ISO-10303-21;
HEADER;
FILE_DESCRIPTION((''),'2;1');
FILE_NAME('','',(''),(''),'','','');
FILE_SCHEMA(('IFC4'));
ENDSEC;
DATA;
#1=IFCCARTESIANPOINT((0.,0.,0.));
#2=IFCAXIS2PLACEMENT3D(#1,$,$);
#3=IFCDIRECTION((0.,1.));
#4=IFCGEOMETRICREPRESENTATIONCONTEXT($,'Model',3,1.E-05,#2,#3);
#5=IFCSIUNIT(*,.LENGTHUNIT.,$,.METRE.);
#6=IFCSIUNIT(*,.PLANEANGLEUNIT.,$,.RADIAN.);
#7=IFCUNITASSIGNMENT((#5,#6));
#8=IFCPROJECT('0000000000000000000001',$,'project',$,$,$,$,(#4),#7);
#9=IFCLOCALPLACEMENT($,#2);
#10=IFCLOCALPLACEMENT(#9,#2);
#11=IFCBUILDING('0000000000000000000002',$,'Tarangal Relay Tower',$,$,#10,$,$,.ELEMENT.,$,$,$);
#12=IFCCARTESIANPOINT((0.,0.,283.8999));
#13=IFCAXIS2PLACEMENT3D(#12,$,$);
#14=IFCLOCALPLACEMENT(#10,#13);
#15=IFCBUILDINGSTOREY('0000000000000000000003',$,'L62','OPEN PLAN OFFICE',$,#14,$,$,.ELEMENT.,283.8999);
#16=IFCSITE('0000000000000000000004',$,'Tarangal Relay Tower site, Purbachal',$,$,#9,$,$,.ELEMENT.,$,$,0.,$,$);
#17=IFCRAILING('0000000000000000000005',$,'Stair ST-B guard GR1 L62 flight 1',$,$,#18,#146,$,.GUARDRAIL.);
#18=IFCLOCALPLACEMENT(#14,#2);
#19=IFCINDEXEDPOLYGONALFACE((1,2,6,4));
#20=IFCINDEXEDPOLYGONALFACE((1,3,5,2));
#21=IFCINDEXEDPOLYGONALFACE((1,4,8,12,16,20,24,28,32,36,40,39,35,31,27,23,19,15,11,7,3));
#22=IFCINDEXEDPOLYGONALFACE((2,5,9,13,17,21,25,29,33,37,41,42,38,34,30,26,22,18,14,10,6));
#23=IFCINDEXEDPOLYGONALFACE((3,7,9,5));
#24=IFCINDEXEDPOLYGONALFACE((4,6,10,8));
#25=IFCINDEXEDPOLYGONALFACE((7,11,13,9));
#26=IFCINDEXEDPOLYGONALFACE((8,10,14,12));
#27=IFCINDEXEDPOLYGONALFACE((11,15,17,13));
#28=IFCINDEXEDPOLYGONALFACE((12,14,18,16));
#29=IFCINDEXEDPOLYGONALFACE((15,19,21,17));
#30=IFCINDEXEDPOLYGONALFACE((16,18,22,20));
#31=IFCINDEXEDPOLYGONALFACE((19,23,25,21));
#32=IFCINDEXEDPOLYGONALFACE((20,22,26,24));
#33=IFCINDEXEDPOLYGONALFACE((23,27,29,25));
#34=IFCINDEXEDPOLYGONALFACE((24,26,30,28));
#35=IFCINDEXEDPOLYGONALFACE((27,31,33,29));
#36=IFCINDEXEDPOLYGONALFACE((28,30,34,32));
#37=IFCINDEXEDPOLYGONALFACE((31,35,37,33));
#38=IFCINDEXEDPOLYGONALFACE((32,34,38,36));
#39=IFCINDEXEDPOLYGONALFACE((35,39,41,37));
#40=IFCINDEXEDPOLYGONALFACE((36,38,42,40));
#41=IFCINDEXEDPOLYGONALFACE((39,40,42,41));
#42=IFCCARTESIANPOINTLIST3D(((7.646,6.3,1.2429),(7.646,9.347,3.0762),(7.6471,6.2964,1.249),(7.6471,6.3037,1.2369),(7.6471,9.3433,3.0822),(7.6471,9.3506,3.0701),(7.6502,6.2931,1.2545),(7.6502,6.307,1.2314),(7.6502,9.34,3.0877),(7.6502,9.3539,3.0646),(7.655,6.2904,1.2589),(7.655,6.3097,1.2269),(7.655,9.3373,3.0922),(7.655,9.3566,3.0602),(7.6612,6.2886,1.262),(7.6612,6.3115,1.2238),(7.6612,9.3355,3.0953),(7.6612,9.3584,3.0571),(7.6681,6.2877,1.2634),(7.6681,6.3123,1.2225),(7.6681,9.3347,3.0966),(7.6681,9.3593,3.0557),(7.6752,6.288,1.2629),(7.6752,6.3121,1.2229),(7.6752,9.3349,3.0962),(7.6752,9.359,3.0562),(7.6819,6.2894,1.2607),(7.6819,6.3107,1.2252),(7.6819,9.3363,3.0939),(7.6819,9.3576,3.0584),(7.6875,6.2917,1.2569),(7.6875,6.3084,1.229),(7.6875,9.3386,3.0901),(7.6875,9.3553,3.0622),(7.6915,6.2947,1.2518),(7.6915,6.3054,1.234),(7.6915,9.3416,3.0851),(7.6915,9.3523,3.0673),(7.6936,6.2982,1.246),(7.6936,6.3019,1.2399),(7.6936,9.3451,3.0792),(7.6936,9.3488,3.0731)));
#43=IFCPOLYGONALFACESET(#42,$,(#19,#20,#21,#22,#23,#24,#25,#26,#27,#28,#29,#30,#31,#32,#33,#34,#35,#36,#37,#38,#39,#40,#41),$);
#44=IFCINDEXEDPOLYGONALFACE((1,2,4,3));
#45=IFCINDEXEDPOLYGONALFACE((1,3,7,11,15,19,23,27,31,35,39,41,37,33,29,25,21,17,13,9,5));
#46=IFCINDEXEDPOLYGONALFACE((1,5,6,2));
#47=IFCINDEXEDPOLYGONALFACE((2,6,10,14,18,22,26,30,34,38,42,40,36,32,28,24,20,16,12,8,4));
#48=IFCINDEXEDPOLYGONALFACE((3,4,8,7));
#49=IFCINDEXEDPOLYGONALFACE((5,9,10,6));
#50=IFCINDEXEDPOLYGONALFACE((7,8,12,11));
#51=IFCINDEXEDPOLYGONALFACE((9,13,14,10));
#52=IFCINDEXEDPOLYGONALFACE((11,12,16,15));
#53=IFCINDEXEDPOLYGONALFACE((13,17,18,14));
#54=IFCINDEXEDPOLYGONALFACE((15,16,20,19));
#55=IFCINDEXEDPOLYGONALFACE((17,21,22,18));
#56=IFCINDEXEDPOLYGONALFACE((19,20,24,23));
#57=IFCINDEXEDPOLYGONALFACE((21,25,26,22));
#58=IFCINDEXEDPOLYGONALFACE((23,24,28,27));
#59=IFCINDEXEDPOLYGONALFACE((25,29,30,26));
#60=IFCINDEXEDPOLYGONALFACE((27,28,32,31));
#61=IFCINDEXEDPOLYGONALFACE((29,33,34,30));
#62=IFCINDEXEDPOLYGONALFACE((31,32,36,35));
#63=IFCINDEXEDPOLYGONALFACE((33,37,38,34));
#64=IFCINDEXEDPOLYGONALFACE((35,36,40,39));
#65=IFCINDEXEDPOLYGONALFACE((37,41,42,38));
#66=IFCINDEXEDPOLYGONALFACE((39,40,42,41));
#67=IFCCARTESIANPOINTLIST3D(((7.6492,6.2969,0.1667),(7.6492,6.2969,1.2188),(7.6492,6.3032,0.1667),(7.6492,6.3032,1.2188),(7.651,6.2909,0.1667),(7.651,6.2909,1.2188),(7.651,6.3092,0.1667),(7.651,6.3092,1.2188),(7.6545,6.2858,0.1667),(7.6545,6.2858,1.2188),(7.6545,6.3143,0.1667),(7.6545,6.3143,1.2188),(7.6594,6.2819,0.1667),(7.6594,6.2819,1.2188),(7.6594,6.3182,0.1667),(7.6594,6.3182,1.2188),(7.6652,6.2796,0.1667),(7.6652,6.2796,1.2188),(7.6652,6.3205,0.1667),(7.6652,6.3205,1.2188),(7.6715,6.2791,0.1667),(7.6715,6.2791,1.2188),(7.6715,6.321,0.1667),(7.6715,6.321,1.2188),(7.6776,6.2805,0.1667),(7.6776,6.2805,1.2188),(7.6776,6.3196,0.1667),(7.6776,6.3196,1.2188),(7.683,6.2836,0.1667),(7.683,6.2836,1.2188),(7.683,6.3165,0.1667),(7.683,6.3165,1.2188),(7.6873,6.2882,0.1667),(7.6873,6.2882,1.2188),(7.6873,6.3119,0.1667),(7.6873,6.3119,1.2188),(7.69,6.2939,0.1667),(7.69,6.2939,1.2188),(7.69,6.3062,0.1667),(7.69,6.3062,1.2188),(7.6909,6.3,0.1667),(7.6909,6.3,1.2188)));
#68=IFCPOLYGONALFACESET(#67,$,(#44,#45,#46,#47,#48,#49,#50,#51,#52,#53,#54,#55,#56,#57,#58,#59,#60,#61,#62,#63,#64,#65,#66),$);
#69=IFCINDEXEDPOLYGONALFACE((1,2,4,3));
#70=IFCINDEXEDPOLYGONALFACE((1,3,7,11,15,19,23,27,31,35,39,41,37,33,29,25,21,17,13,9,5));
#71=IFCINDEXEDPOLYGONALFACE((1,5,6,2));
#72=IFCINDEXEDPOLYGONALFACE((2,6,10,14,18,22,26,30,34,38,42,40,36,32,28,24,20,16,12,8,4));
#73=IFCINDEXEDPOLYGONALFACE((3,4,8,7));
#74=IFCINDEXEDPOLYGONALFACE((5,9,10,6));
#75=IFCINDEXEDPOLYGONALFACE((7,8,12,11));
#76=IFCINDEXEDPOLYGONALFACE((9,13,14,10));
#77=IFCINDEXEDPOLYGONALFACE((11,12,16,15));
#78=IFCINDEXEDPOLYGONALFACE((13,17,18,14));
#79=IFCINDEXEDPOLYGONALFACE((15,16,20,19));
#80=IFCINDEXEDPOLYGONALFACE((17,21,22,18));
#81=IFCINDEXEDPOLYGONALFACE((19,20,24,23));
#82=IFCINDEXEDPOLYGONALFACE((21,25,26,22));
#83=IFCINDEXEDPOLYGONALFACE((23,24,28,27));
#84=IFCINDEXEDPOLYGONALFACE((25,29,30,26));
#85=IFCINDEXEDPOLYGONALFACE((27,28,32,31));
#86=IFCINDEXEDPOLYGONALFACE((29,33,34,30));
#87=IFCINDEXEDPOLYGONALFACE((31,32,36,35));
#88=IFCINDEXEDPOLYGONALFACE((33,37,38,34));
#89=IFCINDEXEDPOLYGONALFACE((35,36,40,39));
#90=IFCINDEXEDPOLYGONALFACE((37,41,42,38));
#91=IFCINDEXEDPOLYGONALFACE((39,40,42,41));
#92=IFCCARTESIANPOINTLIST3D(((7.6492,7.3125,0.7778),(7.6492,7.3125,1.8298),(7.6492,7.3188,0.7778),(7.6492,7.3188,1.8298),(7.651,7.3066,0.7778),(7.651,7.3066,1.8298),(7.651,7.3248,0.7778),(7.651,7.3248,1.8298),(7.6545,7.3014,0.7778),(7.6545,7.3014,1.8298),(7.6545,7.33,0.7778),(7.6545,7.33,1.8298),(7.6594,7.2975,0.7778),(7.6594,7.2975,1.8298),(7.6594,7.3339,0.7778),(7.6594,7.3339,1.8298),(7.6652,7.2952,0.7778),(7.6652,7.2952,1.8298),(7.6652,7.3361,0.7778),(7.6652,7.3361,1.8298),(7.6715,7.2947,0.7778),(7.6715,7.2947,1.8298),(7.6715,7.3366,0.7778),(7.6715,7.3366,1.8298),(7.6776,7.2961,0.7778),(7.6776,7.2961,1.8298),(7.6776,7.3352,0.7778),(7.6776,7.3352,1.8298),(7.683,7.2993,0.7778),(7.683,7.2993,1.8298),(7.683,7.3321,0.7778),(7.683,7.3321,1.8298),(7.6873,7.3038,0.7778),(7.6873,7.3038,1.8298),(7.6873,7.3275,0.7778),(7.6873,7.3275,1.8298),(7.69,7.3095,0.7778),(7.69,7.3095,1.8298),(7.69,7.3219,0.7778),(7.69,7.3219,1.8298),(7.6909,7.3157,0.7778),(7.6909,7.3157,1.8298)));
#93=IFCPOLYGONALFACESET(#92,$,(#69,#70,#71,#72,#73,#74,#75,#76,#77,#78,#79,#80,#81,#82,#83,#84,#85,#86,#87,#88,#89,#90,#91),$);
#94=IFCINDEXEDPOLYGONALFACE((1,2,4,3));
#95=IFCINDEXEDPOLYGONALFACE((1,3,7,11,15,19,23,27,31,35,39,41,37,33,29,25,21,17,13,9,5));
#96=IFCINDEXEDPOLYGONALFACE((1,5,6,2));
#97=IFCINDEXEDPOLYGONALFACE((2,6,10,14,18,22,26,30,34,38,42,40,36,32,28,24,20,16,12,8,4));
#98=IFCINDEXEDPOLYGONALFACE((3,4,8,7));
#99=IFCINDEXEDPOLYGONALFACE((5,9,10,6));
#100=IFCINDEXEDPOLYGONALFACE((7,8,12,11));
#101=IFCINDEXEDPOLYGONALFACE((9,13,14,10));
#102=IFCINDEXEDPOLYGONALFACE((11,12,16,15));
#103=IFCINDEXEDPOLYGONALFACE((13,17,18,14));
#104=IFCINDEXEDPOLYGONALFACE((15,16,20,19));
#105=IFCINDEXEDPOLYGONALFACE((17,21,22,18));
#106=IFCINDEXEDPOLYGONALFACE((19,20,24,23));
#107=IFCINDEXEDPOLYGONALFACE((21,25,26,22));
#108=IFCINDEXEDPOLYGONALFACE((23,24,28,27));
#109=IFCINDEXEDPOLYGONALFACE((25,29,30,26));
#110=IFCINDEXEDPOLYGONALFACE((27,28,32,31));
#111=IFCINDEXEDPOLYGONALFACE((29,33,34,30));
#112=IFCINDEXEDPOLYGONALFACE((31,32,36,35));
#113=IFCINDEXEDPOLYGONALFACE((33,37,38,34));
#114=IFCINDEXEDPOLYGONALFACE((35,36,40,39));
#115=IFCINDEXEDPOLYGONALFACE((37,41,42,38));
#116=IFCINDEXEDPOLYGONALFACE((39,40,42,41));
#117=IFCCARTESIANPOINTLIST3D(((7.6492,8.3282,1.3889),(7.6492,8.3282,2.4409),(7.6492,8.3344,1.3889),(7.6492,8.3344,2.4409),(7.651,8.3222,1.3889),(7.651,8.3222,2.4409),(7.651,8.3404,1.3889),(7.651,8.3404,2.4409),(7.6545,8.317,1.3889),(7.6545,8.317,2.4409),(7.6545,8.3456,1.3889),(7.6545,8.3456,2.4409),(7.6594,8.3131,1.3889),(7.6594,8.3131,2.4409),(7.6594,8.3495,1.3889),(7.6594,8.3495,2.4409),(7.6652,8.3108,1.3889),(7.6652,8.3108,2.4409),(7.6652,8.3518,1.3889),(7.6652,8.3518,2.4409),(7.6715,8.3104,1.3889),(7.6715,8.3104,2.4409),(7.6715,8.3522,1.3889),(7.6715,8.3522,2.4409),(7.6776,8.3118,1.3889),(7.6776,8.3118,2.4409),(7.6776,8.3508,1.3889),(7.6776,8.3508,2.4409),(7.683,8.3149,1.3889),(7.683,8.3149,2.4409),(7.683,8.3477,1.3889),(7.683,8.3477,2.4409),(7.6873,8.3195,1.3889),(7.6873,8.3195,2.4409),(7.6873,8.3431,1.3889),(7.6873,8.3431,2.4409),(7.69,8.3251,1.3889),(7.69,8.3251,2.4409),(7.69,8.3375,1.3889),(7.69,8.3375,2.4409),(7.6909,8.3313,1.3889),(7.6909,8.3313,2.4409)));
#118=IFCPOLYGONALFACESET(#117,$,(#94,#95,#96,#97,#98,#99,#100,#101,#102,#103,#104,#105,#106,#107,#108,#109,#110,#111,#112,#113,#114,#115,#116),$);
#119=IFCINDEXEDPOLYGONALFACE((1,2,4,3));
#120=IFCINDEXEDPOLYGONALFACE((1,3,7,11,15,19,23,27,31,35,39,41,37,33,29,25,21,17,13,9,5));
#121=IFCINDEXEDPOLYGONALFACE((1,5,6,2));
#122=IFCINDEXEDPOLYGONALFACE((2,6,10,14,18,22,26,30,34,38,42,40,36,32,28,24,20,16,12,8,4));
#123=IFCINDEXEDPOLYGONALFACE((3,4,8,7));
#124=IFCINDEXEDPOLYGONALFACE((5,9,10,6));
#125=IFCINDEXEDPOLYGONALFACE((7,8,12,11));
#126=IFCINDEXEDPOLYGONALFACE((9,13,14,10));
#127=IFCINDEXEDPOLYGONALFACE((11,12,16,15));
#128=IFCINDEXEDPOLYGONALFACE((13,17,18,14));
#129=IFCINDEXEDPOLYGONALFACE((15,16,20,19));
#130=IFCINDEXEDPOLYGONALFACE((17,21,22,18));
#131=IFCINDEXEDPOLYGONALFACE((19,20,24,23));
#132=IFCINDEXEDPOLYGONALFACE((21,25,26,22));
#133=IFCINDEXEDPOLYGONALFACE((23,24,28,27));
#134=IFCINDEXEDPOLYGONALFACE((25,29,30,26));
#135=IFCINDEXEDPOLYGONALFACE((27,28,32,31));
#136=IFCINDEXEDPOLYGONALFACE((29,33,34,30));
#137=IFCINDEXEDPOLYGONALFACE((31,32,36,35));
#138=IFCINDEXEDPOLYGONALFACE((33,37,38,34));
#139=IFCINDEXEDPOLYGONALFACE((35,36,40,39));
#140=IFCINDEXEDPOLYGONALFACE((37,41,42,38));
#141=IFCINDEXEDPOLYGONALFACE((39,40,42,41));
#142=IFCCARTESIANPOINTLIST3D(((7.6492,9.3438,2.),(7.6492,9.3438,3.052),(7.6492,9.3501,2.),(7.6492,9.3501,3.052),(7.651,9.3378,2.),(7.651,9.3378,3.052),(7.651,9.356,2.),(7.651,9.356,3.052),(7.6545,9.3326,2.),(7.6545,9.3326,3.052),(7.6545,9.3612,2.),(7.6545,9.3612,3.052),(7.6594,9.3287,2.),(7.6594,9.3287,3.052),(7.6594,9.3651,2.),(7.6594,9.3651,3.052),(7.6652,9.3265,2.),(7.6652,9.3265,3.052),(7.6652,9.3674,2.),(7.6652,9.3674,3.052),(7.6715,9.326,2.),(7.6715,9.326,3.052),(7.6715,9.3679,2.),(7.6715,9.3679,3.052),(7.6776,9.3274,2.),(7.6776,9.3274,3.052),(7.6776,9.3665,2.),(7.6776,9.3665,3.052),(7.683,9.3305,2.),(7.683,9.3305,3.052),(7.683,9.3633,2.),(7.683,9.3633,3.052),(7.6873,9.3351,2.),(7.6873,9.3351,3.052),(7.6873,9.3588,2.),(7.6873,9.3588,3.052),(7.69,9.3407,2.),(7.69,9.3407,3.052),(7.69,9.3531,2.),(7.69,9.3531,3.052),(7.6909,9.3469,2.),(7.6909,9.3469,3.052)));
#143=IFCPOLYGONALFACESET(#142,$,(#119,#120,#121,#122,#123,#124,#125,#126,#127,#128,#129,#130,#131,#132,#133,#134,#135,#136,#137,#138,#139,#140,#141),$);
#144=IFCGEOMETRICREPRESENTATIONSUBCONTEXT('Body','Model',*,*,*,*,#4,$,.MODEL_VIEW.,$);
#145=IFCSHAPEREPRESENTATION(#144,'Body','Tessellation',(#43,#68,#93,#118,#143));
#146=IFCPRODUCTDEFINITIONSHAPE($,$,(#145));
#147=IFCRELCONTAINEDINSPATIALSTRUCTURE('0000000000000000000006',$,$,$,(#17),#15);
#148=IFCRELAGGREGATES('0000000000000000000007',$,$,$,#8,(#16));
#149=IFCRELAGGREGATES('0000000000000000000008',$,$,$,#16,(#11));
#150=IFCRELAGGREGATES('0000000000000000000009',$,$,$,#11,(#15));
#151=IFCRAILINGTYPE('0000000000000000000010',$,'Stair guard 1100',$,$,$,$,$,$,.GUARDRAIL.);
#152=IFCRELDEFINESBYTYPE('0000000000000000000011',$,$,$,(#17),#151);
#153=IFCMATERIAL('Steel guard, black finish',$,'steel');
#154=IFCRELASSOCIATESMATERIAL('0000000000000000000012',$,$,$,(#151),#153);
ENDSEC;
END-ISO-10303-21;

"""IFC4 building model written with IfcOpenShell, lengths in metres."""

from ifc_helpers import new_model, si_unit, direction, frame, origin, origin_2d, place, context, subcontext, project, spatial, circle, extrude, material, type_object, element, save


model = new_model("IFC4")

# Units and contexts
model_context = context("Model", 3, precision=1e-05, world=origin(), true_north=direction((0.0, 1.0)))
body_context = subcontext(model_context, "Body", "Model", "MODEL_VIEW")
ifc_project = project(units=[si_unit("LENGTHUNIT", "METRE"), si_unit("PLANEANGLEUNIT", "RADIAN")], contexts=[model_context])

# Site, building, storey
site_placement = place(None, origin())
site = spatial("IfcSite", under=ifc_project, at=site_placement, Name="Tarangal Relay Tower site, Purbachal", CompositionType="ELEMENT", RefElevation=0.0)
building_placement = place(site_placement, origin())
building = spatial("IfcBuilding", under=site, at=building_placement, Name="Tarangal Relay Tower", CompositionType="ELEMENT")
storey_placement = place(building_placement, frame((0.0, 0.0, 283.8999)))
storey = spatial("IfcBuildingStorey", under=building, at=storey_placement, Name="L62", Description="OPEN PLAN OFFICE", CompositionType="ELEMENT", Elevation=283.8999)

# Railing
ifc_material_1 = material(Name="Steel guard, black finish", Category="steel")
railing_type_1 = type_object("IfcRailingType", Name="Stair guard 1100", PredefinedType="GUARDRAIL", material=ifc_material_1)
railing_1_placement = place(storey_placement, frame((7.6699, 6.3, 0.1667)))
element("IfcRailing", 1, at=railing_1_placement, inside=storey, type_object=railing_type_1, Name="Stair ST-B guard GR1 L62 flight 1", PredefinedType="GUARDRAIL", context=body_context, shape_type="SweptSolid", body=[
    extrude(circle(Radius=0.0239, at=origin_2d()), frame((0.0, 0.0, 1.0762), z_axis=(0.0, 0.856856, 0.515556), x_axis=(-1.0, 0.0, 0.0)), (0.0, 0.0, 1.0), 3.5559),
    extrude(circle(Radius=0.021, at=origin_2d()), origin(), (0.0, 0.0, 1.0), 1.052),
    extrude(circle(Radius=0.021, at=origin_2d()), frame((0.0, 1.0156, 0.6111)), (0.0, 0.0, 1.0), 1.052),
    extrude(circle(Radius=0.021, at=origin_2d()), frame((0.0, 2.0312, 1.2222)), (0.0, 0.0, 1.0), 1.052),
    extrude(circle(Radius=0.021, at=origin_2d()), frame((0.0, 3.0469, 1.8333)), (0.0, 0.0, 1.0), 1.052),
])

save(model, "model.ifc")
